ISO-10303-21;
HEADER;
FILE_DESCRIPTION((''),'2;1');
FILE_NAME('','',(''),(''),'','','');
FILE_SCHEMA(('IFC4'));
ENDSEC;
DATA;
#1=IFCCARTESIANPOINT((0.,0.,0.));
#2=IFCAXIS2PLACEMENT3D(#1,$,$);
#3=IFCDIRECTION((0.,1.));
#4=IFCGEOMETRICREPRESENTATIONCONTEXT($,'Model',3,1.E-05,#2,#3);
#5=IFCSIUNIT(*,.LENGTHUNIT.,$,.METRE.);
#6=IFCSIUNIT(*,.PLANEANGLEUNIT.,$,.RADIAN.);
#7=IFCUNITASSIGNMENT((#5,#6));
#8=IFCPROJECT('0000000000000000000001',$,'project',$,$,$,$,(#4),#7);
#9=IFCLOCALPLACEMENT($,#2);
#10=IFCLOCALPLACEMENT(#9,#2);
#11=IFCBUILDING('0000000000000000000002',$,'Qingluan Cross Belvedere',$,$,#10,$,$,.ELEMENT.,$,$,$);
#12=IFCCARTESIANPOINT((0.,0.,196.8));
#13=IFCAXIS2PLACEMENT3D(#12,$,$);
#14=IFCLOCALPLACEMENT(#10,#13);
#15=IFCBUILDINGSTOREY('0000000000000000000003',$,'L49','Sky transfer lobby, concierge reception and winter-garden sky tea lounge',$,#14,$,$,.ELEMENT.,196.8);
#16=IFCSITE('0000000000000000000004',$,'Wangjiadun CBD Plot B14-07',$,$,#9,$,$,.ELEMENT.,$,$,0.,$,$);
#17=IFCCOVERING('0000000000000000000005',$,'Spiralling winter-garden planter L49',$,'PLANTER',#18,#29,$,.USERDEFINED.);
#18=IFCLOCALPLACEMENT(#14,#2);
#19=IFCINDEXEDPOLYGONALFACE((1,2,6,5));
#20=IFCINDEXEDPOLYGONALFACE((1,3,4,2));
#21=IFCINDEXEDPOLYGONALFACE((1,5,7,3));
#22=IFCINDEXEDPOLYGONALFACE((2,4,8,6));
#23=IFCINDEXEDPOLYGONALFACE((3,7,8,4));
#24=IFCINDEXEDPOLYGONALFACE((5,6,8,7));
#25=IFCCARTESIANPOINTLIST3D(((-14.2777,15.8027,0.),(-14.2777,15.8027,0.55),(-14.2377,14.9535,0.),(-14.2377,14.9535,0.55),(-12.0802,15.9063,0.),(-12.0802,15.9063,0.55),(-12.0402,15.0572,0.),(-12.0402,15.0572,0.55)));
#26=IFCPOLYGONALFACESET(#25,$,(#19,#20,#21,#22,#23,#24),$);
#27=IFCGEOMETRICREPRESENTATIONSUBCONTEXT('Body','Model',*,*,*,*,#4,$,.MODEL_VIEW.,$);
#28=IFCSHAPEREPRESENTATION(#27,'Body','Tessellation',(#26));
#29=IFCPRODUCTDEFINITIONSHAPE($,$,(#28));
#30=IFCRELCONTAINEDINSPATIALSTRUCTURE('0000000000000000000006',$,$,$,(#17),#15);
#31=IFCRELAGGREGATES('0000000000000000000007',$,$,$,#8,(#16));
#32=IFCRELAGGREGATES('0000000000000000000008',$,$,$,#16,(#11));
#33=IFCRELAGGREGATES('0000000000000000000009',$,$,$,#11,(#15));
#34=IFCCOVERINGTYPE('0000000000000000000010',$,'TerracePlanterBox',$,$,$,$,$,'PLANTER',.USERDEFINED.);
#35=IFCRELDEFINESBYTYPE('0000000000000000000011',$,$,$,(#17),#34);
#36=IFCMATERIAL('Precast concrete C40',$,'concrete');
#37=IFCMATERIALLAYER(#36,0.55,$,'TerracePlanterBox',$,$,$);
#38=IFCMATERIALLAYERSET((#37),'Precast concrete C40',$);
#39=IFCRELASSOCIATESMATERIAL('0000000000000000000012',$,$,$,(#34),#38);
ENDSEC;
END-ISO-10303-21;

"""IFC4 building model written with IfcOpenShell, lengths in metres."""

from ifc_helpers import new_model, si_unit, direction, frame, origin, origin_2d, place, context, subcontext, project, spatial, rectangle, extrude, material, layer, layer_set, type_object, element, save


model = new_model("IFC4")

# Units and contexts
model_context = context("Model", 3, precision=1e-05, world=origin(), true_north=direction((0.0, 1.0)))
body_context = subcontext(model_context, "Body", "Model", "MODEL_VIEW")
ifc_project = project(units=[si_unit("LENGTHUNIT", "METRE"), si_unit("PLANEANGLEUNIT", "RADIAN")], contexts=[model_context])

# Site, building, storey
site_placement = place(None, origin())
site = spatial("IfcSite", under=ifc_project, at=site_placement, Name="Wangjiadun CBD Plot B14-07", CompositionType="ELEMENT", RefElevation=0.0)
building_placement = place(site_placement, origin())
building = spatial("IfcBuilding", under=site, at=building_placement, Name="Qingluan Cross Belvedere", CompositionType="ELEMENT")
storey_placement = place(building_placement, frame((0.0, 0.0, 196.8)))
storey = spatial("IfcBuildingStorey", under=building, at=storey_placement, Name="L49", Description="Sky transfer lobby, concierge reception and winter-garden sky tea lounge", CompositionType="ELEMENT", Elevation=196.8)

# Covering
ifc_material_1 = material(Name="Precast concrete C40", Category="concrete")
ifc_layer_1 = layer(ifc_material_1, 0.55, Name="TerracePlanterBox")
ifc_layer_set_1 = layer_set([ifc_layer_1], Name="Precast concrete C40")
covering_type_1 = type_object("IfcCoveringType", Name="TerracePlanterBox", ElementType="PLANTER", PredefinedType="USERDEFINED", material=ifc_layer_set_1)
covering_placement = place(storey_placement, frame((-13.1589, 15.4299, 0.0), z_axis=(0.0, 0.0, 1.0), x_axis=(0.99889, 0.047106, 0.0)))
element("IfcCovering", 1, at=covering_placement, inside=storey, type_object=covering_type_1, Name="Spiralling winter-garden planter L49", ObjectType="PLANTER", PredefinedType="USERDEFINED", context=body_context, shape_type="SweptSolid", body=[
    extrude(rectangle(XDim=2.2, YDim=0.8501, at=origin_2d()), origin(), (0.0, 0.0, 1.0), 0.55),
])

save(model, "model.ifc")
